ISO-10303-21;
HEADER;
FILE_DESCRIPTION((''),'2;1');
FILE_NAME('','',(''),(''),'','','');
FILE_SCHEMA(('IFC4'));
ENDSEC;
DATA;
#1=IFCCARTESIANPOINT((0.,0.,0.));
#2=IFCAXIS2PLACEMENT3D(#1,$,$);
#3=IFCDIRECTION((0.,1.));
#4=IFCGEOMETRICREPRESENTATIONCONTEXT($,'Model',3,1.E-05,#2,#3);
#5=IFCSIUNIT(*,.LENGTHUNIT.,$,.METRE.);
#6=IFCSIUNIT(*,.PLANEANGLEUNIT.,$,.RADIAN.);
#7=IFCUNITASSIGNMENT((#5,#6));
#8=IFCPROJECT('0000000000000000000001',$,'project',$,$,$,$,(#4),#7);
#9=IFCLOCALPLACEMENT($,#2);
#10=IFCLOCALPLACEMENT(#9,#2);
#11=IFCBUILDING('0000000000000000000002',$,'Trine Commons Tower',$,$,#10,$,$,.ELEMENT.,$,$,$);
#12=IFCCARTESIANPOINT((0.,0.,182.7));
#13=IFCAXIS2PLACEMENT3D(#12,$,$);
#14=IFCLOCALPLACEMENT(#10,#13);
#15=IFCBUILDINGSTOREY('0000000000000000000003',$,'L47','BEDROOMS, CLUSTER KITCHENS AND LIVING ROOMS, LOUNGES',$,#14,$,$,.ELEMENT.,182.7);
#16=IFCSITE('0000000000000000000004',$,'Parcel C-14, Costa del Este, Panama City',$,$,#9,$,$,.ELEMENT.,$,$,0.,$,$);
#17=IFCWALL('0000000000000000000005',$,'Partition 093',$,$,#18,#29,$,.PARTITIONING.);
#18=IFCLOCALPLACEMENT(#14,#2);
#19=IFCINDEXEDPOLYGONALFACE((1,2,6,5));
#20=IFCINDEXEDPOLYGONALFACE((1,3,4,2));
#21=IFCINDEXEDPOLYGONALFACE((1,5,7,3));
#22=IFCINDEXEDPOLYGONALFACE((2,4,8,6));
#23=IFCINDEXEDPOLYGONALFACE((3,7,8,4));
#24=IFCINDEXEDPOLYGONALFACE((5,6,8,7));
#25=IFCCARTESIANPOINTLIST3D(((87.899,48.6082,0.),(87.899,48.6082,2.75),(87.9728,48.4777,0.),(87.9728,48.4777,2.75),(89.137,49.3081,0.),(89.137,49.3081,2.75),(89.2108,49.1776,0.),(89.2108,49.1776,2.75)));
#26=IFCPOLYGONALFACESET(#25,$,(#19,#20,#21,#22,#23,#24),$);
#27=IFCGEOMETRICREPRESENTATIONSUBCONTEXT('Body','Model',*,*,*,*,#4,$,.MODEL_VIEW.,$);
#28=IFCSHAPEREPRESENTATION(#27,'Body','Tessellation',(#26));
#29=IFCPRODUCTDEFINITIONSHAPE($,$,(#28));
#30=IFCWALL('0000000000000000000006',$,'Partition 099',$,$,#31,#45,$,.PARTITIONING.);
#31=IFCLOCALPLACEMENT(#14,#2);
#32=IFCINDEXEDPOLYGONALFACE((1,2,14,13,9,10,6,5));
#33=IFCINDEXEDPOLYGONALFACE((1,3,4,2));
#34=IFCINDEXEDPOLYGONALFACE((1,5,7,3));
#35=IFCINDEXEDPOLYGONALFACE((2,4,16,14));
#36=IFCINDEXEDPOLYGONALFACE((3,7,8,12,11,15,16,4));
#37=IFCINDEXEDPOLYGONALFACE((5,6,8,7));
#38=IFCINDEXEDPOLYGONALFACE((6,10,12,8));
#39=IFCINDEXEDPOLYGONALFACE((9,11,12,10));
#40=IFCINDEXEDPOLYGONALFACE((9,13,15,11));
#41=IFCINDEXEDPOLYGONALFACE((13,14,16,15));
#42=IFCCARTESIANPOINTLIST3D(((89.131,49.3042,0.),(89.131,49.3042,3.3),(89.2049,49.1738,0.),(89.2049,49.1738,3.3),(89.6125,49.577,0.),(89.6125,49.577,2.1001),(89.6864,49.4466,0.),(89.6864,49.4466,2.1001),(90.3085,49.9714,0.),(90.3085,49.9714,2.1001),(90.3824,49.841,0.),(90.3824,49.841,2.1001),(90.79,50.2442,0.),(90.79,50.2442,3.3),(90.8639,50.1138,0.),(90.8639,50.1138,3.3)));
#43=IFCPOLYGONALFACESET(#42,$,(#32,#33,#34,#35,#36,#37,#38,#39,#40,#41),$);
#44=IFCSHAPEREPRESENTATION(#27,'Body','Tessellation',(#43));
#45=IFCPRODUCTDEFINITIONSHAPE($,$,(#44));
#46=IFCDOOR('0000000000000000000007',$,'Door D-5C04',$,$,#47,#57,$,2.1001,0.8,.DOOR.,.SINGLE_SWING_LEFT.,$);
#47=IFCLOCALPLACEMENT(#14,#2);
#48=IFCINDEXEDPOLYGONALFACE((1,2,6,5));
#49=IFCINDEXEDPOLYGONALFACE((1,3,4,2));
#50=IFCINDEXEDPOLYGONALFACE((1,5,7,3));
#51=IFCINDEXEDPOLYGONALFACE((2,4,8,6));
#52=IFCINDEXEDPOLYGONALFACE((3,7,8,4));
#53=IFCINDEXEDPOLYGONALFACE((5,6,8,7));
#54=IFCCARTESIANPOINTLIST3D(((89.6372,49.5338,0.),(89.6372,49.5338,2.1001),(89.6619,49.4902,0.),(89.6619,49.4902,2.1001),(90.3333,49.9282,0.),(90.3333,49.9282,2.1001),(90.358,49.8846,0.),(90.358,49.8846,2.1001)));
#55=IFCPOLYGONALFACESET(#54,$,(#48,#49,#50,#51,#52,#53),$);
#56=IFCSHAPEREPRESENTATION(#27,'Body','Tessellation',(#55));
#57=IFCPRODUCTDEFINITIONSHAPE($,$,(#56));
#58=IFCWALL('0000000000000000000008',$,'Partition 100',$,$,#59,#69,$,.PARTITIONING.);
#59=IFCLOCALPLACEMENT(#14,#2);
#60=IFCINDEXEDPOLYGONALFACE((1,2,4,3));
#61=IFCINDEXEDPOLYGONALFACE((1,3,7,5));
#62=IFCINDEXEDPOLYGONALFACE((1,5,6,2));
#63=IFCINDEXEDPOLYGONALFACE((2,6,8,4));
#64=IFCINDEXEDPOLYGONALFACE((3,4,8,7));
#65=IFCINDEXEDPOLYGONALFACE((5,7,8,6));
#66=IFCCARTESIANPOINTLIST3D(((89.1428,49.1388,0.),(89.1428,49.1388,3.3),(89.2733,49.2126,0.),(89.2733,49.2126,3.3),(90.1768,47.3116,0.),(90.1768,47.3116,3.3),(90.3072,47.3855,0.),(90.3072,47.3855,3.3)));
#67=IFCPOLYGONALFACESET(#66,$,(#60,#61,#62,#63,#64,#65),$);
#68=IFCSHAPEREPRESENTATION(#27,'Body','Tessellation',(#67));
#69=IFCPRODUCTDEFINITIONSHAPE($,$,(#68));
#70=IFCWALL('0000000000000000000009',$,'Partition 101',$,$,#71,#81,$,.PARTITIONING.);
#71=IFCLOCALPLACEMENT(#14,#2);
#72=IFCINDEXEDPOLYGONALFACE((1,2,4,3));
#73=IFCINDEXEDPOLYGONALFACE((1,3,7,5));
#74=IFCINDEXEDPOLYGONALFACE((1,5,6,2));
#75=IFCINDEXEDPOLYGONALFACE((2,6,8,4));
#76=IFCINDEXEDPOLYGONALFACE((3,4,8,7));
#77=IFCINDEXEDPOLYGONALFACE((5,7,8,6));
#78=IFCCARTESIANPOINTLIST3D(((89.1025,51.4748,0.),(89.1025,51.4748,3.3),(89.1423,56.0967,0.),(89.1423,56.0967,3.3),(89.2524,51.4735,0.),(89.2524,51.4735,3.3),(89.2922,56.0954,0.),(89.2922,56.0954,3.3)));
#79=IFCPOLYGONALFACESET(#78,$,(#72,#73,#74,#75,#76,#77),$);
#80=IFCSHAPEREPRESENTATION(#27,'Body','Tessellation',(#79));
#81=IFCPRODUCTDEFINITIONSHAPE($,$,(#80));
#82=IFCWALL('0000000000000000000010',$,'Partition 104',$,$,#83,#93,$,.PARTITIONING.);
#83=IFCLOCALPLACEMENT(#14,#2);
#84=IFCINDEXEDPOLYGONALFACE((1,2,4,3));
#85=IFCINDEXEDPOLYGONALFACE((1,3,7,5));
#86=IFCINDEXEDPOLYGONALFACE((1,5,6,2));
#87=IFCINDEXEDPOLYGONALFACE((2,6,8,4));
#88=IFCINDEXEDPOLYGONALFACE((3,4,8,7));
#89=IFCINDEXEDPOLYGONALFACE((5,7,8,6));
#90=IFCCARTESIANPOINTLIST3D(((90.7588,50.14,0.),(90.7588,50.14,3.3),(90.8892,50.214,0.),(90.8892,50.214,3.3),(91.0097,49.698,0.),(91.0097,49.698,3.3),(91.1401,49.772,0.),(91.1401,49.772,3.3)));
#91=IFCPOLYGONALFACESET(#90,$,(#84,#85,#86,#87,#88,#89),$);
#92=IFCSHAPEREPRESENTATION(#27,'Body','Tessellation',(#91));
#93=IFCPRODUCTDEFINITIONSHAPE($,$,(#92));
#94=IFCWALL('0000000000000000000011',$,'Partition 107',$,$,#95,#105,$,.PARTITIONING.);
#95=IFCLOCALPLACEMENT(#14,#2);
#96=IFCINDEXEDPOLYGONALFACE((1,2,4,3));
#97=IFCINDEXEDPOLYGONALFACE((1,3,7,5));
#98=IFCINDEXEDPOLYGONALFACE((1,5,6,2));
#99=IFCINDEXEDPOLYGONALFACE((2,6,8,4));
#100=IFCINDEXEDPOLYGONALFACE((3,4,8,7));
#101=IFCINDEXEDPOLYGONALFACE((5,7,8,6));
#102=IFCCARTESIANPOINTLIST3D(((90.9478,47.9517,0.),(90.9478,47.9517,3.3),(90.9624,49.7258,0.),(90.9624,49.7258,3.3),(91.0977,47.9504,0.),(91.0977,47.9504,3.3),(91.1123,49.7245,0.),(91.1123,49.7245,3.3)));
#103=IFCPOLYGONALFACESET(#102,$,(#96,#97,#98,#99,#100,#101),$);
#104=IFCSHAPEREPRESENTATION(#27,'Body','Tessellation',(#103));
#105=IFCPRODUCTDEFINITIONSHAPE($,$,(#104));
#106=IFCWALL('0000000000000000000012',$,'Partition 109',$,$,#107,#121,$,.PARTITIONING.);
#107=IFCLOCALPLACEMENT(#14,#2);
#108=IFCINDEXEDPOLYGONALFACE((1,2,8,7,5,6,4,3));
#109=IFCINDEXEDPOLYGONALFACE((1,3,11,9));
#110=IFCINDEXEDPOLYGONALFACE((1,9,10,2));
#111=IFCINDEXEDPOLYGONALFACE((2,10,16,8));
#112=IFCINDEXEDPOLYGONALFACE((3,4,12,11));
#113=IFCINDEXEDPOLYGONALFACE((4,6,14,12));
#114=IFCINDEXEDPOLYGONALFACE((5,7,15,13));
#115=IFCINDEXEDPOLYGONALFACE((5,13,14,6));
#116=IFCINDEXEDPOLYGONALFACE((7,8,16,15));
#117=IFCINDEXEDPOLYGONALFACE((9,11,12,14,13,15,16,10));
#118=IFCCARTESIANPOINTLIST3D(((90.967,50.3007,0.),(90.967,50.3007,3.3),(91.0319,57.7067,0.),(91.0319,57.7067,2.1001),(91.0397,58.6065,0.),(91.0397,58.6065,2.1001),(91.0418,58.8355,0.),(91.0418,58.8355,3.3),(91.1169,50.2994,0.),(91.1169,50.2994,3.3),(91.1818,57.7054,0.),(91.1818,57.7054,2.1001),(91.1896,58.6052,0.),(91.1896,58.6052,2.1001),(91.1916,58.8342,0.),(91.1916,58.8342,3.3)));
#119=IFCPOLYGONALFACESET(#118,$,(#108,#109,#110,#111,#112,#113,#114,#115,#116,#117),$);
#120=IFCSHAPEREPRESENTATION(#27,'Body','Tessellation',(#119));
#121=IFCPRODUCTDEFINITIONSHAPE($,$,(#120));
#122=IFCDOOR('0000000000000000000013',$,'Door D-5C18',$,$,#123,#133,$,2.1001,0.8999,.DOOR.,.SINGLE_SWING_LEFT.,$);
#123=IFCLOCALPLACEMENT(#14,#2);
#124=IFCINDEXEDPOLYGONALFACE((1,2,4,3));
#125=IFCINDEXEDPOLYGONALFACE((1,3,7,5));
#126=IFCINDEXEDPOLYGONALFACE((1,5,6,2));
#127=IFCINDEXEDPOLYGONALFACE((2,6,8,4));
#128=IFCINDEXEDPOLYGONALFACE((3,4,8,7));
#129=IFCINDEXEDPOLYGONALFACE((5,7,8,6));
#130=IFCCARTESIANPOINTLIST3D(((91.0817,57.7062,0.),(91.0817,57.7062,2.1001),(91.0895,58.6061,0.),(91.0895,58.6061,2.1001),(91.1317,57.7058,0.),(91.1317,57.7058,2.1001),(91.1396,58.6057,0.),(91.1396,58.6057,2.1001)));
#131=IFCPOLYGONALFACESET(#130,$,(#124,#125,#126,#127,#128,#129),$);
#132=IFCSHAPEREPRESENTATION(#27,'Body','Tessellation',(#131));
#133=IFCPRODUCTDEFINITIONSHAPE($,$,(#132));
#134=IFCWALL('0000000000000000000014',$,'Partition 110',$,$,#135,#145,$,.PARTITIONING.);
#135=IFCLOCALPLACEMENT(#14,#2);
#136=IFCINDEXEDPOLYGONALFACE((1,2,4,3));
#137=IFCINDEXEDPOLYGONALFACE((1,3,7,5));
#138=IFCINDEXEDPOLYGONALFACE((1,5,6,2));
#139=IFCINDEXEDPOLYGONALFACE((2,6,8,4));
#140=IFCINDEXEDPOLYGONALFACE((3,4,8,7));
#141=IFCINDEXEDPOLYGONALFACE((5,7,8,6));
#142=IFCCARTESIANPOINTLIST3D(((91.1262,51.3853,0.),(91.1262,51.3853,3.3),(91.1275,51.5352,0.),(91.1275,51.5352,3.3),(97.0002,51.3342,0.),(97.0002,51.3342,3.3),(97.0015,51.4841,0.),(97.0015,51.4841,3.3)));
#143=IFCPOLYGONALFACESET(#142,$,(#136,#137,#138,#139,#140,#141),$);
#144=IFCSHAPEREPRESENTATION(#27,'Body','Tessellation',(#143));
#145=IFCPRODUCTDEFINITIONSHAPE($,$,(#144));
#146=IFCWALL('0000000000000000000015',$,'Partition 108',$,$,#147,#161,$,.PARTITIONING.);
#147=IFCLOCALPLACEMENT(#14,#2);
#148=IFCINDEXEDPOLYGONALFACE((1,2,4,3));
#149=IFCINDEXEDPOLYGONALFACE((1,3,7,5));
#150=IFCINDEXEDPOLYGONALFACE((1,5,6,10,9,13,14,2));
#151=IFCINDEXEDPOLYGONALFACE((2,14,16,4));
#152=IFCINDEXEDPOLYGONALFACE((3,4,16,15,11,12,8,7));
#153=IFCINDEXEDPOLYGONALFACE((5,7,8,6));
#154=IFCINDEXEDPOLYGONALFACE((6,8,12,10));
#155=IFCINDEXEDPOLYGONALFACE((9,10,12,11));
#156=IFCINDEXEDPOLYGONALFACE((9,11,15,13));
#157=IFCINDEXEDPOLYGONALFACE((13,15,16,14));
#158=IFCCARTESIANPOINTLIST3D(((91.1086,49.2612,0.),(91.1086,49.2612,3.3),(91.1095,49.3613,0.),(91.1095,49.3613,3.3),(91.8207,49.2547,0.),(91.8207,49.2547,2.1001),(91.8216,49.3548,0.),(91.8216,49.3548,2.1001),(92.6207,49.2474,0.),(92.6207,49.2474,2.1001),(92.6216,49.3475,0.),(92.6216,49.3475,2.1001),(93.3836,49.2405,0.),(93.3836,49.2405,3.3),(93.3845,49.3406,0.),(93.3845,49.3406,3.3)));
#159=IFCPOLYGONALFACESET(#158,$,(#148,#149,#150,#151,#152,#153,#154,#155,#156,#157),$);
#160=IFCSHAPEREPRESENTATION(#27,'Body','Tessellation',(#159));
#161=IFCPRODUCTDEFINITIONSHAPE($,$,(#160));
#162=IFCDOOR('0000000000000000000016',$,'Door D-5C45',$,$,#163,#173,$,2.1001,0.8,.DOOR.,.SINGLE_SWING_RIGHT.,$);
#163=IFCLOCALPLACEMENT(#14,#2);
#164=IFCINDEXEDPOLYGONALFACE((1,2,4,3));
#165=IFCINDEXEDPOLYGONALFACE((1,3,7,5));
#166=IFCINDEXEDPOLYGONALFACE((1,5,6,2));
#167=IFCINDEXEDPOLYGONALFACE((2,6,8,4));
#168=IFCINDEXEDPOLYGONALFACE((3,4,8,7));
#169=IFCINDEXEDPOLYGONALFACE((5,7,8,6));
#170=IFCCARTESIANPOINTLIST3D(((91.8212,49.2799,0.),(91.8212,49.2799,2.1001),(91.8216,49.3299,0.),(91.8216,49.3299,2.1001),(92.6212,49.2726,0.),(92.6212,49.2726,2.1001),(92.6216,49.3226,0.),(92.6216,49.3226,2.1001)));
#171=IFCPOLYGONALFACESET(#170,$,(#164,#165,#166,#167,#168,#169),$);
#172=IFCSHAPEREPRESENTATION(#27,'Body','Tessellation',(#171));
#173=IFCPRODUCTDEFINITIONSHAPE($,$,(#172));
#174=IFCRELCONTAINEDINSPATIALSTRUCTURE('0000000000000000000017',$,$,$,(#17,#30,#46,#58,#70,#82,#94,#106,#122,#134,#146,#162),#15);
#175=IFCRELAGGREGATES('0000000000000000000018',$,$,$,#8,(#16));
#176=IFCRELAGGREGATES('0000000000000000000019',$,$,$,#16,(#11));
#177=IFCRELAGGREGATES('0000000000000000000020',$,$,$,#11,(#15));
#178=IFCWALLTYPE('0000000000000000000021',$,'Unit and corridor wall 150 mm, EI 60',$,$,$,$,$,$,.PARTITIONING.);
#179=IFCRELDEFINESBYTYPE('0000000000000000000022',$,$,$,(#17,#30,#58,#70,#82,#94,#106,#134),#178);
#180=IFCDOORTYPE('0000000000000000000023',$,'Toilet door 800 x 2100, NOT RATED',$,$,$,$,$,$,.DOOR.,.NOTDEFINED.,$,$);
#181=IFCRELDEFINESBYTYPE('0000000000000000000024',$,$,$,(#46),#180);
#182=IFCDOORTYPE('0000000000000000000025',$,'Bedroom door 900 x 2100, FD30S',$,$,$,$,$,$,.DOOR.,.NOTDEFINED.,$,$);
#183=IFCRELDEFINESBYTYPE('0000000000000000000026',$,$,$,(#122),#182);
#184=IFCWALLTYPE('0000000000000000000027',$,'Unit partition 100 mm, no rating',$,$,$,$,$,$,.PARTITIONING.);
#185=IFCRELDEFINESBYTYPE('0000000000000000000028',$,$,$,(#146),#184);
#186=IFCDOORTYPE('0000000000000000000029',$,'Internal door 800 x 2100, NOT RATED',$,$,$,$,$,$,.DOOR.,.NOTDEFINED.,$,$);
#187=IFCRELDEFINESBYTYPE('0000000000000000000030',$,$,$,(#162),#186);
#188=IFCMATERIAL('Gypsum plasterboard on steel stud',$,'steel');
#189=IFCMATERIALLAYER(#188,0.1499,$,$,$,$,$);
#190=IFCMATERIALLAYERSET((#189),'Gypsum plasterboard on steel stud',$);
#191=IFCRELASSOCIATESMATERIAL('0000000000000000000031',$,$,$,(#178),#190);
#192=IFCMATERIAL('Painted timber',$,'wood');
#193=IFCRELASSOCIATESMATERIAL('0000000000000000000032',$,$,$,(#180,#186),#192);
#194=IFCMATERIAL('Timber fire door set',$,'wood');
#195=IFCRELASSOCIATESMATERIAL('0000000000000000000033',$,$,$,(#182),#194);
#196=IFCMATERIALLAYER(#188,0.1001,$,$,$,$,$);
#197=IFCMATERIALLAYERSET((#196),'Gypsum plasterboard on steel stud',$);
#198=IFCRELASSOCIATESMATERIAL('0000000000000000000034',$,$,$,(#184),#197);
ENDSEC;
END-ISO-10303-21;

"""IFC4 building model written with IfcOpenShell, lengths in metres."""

from ifc_helpers import new_model, si_unit, direction, frame, frame_2d, origin, place, context, subcontext, project, spatial, rectangle, extrude, material, layer, layer_set, type_object, element, fill, save


model = new_model("IFC4")

# Units and contexts
model_context = context("Model", 3, precision=1e-05, world=origin(), true_north=direction((0.0, 1.0)))
body_context = subcontext(model_context, "Body", "Model", "MODEL_VIEW")
ifc_project = project(units=[si_unit("LENGTHUNIT", "METRE"), si_unit("PLANEANGLEUNIT", "RADIAN")], contexts=[model_context])

# Site, building, storey
site_placement = place(None, origin())
site = spatial("IfcSite", under=ifc_project, at=site_placement, Name="Parcel C-14, Costa del Este, Panama City", CompositionType="ELEMENT", RefElevation=0.0)
building_placement = place(site_placement, origin())
building = spatial("IfcBuilding", under=site, at=building_placement, Name="Trine Commons Tower", CompositionType="ELEMENT")
storey_placement = place(building_placement, frame((0.0, 0.0, 182.7)))
storey = spatial("IfcBuildingStorey", under=building, at=storey_placement, Name="L47", Description="BEDROOMS, CLUSTER KITCHENS AND LIVING ROOMS, LOUNGES", CompositionType="ELEMENT", Elevation=182.7)

# Wall
ifc_material_1 = material(Name="Gypsum plasterboard on steel stud", Category="steel")
ifc_layer_1 = layer(ifc_material_1, 0.1499)
ifc_layer_set_1 = layer_set([ifc_layer_1], Name="Gypsum plasterboard on steel stud")
wall_type_1 = type_object("IfcWallType", Name="Unit and corridor wall 150 mm, EI 60", PredefinedType="PARTITIONING", material=ifc_layer_set_1)
wall_1_placement = place(storey_placement, frame((87.936, 48.543, 0.0), z_axis=(0.0, 0.0, 1.0), x_axis=(0.870505, 0.492159, 0.0)))
element("IfcWall", 1, at=wall_1_placement, inside=storey, type_object=wall_type_1, Name="Partition 093", PredefinedType="PARTITIONING", context=body_context, shape_type="SweptSolid", body=[
    extrude(rectangle(XDim=1.4221, YDim=0.1499, at=frame_2d((0.7109, 0.0))), origin(), (0.0, 0.0, 1.0), 2.75),
])

# Wall, opening, door
wall_2_placement = place(storey_placement, frame((89.168, 49.239, 0.0), z_axis=(0.0, 0.0, 1.0), x_axis=(0.87005, 0.492964, 0.0)))
wall_2 = element("IfcWall", 2, at=wall_2_placement, inside=storey, type_object=wall_type_1, Name="Partition 099", PredefinedType="PARTITIONING", context=body_context, shape_type="SweptSolid", body=[
    extrude(rectangle(XDim=1.9067, YDim=0.1499, at=frame_2d((0.9534, 0.0))), origin(), (0.0, 0.0, 1.0), 3.3),
])
opening_1_placement = place(wall_2_placement, frame((0.5535, 0.0, 0.0)))
opening_1 = element("IfcOpeningElement", 3, at=opening_1_placement, cuts=wall_2, PredefinedType="OPENING", context=body_context, shape_type="SweptSolid", body=[
    extrude(rectangle(XDim=0.8, YDim=2.1001, at=frame_2d((0.3999, 1.05))), frame((0.0, 0.085, 0.0), z_axis=(0.0, -1.0, 0.0), x_axis=(1.0, 0.0, 0.0)), (0.0, 0.0, 1.0), 0.1699),
])
ifc_material_2 = material(Name="Painted timber", Category="wood")
door_type_1 = type_object("IfcDoorType", Name="Toilet door 800 x 2100, NOT RATED", OperationType="NOTDEFINED", PredefinedType="DOOR", material=ifc_material_2)
door_1_placement = place(opening_1_placement, frame((0.8, 0.0, 0.0), z_axis=(0.0, 0.0, 1.0), x_axis=(-1.0, 0.0, 0.0)))
door_1 = element("IfcDoor", 4, at=door_1_placement, inside=storey, type_object=door_type_1, Name="Door D-5C04", OperationType="SINGLE_SWING_LEFT", OverallHeight=2.1001, OverallWidth=0.8, PredefinedType="DOOR", context=body_context, shape_type="SweptSolid", body=[
    extrude(rectangle(XDim=0.8, YDim=2.1001, at=frame_2d((0.3999, 1.05))), frame((0.0, 0.0249, 0.0), z_axis=(0.0, -1.0, 0.0), x_axis=(1.0, 0.0, 0.0)), (0.0, 0.0, 1.0), 0.05),
])
fill(opening_1, door_1)

# Walls
wall_3_placement = place(storey_placement, frame((89.208, 49.1758, 0.0), z_axis=(0.0, 0.0, 1.0), x_axis=(0.49249, -0.870318, 0.0)))
element("IfcWall", 5, at=wall_3_placement, inside=storey, type_object=wall_type_1, Name="Partition 100", PredefinedType="PARTITIONING", context=body_context, shape_type="SweptSolid", body=[
    extrude(rectangle(XDim=2.0994, YDim=0.1499, at=frame_2d((1.0498, 0.0))), origin(), (0.0, 0.0, 1.0), 3.3),
])
wall_4_placement = place(storey_placement, frame((89.1775, 51.4741, 0.0), z_axis=(0.0, 0.0, 1.0), x_axis=(0.00861, 0.999963, 0.0)))
element("IfcWall", 6, at=wall_4_placement, inside=storey, type_object=wall_type_1, Name="Partition 101", PredefinedType="PARTITIONING", context=body_context, shape_type="SweptSolid", body=[
    extrude(rectangle(XDim=4.6221, YDim=0.1499, at=frame_2d((2.311, 0.0))), origin(), (0.0, 0.0, 1.0), 3.3),
])
wall_5_placement = place(storey_placement, frame((90.824, 50.177, 0.0), z_axis=(0.0, 0.0, 1.0), x_axis=(0.493655, -0.869658, 0.0)))
element("IfcWall", 7, at=wall_5_placement, inside=storey, type_object=wall_type_1, Name="Partition 104", PredefinedType="PARTITIONING", context=body_context, shape_type="SweptSolid", body=[
    extrude(rectangle(XDim=0.5083, YDim=0.1499, at=frame_2d((0.2542, 0.0))), origin(), (0.0, 0.0, 1.0), 3.3),
])
wall_6_placement = place(storey_placement, frame((91.0227, 47.9509, 0.0), z_axis=(0.0, 0.0, 1.0), x_axis=(0.008256, 0.999966, 0.0)))
element("IfcWall", 8, at=wall_6_placement, inside=storey, type_object=wall_type_1, Name="Partition 107", PredefinedType="PARTITIONING", context=body_context, shape_type="SweptSolid", body=[
    extrude(rectangle(XDim=1.7742, YDim=0.1499, at=frame_2d((0.8872, 0.0))), origin(), (0.0, 0.0, 1.0), 3.3),
])

# Wall, opening, door
wall_7_placement = place(storey_placement, frame((91.042, 50.3, 0.0), z_axis=(0.0, 0.0, 1.0), x_axis=(0.008753, 0.999962, 0.0)))
wall_7 = element("IfcWall", 9, at=wall_7_placement, inside=storey, type_object=wall_type_1, Name="Partition 109", PredefinedType="PARTITIONING", context=body_context, shape_type="SweptSolid", body=[
    extrude(rectangle(XDim=8.5352, YDim=0.1499, at=frame_2d((4.2676, 0.0))), origin(), (0.0, 0.0, 1.0), 3.3),
])
opening_2_placement = place(wall_7_placement, frame((7.4062, 0.0, 0.0)))
opening_2 = element("IfcOpeningElement", 10, at=opening_2_placement, cuts=wall_7, PredefinedType="OPENING", context=body_context, shape_type="SweptSolid", body=[
    extrude(rectangle(XDim=0.8999, YDim=2.1001, at=frame_2d((0.45, 1.05))), frame((0.0, 0.085, 0.0), z_axis=(0.0, -1.0, 0.0), x_axis=(1.0, 0.0, 0.0)), (0.0, 0.0, 1.0), 0.1699),
])
ifc_material_3 = material(Name="Timber fire door set", Category="wood")
door_type_2 = type_object("IfcDoorType", Name="Bedroom door 900 x 2100, FD30S", OperationType="NOTDEFINED", PredefinedType="DOOR", material=ifc_material_3)
door_2_placement = place(opening_2_placement, frame((0.8999, 0.0, 0.0), z_axis=(0.0, 0.0, 1.0), x_axis=(-1.0, 0.0, 0.0)))
door_2 = element("IfcDoor", 11, at=door_2_placement, inside=storey, type_object=door_type_2, Name="Door D-5C18", OperationType="SINGLE_SWING_LEFT", OverallHeight=2.1001, OverallWidth=0.8999, PredefinedType="DOOR", context=body_context, shape_type="SweptSolid", body=[
    extrude(rectangle(XDim=0.8999, YDim=2.1001, at=frame_2d((0.45, 1.05))), frame((0.0, 0.0249, 0.0), z_axis=(0.0, -1.0, 0.0), x_axis=(1.0, 0.0, 0.0)), (0.0, 0.0, 1.0), 0.05),
])
fill(opening_2, door_2)

# Wall
wall_8_placement = place(storey_placement, frame((91.127, 51.4602, 0.0), z_axis=(0.0, 0.0, 1.0), x_axis=(0.999962, -0.008686, 0.0)))
element("IfcWall", 12, at=wall_8_placement, inside=storey, type_object=wall_type_1, Name="Partition 110", PredefinedType="PARTITIONING", context=body_context, shape_type="SweptSolid", body=[
    extrude(rectangle(XDim=5.8743, YDim=0.1499, at=frame_2d((2.937, 0.0))), origin(), (0.0, 0.0, 1.0), 3.3),
])

# Wall, opening, door
ifc_layer_2 = layer(ifc_material_1, 0.1001)
ifc_layer_set_2 = layer_set([ifc_layer_2], Name="Gypsum plasterboard on steel stud")
wall_type_2 = type_object("IfcWallType", Name="Unit partition 100 mm, no rating", PredefinedType="PARTITIONING", material=ifc_layer_set_2)
wall_9_placement = place(storey_placement, frame((91.1089, 49.3113, 0.0), z_axis=(0.0, 0.0, 1.0), x_axis=(0.999958, -0.009121, 0.0)))
wall_9 = element("IfcWall", 13, at=wall_9_placement, inside=storey, type_object=wall_type_2, Name="Partition 108", PredefinedType="PARTITIONING", context=body_context, shape_type="SweptSolid", body=[
    extrude(rectangle(XDim=2.2751, YDim=0.1001, at=frame_2d((1.1377, 0.0))), origin(), (0.0, 0.0, 1.0), 3.3),
])
opening_3_placement = place(wall_9_placement, frame((0.7124, 0.0, 0.0)))
opening_3 = element("IfcOpeningElement", 14, at=opening_3_placement, cuts=wall_9, PredefinedType="OPENING", context=body_context, shape_type="SweptSolid", body=[
    extrude(rectangle(XDim=0.8, YDim=2.1001, at=frame_2d((0.3999, 1.05))), frame((0.0, 0.0601, 0.0), z_axis=(0.0, -1.0, 0.0), x_axis=(1.0, 0.0, 0.0)), (0.0, 0.0, 1.0), 0.1201),
])
door_type_3 = type_object("IfcDoorType", Name="Internal door 800 x 2100, NOT RATED", OperationType="NOTDEFINED", PredefinedType="DOOR", material=ifc_material_2)
door_3_placement = place(opening_3_placement, frame((0.8, 0.0, 0.0), z_axis=(0.0, 0.0, 1.0), x_axis=(-1.0, 0.0, 0.0)))
door_3 = element("IfcDoor", 15, at=door_3_placement, inside=storey, type_object=door_type_3, Name="Door D-5C45", OperationType="SINGLE_SWING_RIGHT", OverallHeight=2.1001, OverallWidth=0.8, PredefinedType="DOOR", context=body_context, shape_type="SweptSolid", body=[
    extrude(rectangle(XDim=0.8, YDim=2.1001, at=frame_2d((0.3999, 1.05))), frame((0.0, 0.0249, 0.0), z_axis=(0.0, -1.0, 0.0), x_axis=(1.0, 0.0, 0.0)), (0.0, 0.0, 1.0), 0.05),
])
fill(opening_3, door_3)

save(model, "model.ifc")
